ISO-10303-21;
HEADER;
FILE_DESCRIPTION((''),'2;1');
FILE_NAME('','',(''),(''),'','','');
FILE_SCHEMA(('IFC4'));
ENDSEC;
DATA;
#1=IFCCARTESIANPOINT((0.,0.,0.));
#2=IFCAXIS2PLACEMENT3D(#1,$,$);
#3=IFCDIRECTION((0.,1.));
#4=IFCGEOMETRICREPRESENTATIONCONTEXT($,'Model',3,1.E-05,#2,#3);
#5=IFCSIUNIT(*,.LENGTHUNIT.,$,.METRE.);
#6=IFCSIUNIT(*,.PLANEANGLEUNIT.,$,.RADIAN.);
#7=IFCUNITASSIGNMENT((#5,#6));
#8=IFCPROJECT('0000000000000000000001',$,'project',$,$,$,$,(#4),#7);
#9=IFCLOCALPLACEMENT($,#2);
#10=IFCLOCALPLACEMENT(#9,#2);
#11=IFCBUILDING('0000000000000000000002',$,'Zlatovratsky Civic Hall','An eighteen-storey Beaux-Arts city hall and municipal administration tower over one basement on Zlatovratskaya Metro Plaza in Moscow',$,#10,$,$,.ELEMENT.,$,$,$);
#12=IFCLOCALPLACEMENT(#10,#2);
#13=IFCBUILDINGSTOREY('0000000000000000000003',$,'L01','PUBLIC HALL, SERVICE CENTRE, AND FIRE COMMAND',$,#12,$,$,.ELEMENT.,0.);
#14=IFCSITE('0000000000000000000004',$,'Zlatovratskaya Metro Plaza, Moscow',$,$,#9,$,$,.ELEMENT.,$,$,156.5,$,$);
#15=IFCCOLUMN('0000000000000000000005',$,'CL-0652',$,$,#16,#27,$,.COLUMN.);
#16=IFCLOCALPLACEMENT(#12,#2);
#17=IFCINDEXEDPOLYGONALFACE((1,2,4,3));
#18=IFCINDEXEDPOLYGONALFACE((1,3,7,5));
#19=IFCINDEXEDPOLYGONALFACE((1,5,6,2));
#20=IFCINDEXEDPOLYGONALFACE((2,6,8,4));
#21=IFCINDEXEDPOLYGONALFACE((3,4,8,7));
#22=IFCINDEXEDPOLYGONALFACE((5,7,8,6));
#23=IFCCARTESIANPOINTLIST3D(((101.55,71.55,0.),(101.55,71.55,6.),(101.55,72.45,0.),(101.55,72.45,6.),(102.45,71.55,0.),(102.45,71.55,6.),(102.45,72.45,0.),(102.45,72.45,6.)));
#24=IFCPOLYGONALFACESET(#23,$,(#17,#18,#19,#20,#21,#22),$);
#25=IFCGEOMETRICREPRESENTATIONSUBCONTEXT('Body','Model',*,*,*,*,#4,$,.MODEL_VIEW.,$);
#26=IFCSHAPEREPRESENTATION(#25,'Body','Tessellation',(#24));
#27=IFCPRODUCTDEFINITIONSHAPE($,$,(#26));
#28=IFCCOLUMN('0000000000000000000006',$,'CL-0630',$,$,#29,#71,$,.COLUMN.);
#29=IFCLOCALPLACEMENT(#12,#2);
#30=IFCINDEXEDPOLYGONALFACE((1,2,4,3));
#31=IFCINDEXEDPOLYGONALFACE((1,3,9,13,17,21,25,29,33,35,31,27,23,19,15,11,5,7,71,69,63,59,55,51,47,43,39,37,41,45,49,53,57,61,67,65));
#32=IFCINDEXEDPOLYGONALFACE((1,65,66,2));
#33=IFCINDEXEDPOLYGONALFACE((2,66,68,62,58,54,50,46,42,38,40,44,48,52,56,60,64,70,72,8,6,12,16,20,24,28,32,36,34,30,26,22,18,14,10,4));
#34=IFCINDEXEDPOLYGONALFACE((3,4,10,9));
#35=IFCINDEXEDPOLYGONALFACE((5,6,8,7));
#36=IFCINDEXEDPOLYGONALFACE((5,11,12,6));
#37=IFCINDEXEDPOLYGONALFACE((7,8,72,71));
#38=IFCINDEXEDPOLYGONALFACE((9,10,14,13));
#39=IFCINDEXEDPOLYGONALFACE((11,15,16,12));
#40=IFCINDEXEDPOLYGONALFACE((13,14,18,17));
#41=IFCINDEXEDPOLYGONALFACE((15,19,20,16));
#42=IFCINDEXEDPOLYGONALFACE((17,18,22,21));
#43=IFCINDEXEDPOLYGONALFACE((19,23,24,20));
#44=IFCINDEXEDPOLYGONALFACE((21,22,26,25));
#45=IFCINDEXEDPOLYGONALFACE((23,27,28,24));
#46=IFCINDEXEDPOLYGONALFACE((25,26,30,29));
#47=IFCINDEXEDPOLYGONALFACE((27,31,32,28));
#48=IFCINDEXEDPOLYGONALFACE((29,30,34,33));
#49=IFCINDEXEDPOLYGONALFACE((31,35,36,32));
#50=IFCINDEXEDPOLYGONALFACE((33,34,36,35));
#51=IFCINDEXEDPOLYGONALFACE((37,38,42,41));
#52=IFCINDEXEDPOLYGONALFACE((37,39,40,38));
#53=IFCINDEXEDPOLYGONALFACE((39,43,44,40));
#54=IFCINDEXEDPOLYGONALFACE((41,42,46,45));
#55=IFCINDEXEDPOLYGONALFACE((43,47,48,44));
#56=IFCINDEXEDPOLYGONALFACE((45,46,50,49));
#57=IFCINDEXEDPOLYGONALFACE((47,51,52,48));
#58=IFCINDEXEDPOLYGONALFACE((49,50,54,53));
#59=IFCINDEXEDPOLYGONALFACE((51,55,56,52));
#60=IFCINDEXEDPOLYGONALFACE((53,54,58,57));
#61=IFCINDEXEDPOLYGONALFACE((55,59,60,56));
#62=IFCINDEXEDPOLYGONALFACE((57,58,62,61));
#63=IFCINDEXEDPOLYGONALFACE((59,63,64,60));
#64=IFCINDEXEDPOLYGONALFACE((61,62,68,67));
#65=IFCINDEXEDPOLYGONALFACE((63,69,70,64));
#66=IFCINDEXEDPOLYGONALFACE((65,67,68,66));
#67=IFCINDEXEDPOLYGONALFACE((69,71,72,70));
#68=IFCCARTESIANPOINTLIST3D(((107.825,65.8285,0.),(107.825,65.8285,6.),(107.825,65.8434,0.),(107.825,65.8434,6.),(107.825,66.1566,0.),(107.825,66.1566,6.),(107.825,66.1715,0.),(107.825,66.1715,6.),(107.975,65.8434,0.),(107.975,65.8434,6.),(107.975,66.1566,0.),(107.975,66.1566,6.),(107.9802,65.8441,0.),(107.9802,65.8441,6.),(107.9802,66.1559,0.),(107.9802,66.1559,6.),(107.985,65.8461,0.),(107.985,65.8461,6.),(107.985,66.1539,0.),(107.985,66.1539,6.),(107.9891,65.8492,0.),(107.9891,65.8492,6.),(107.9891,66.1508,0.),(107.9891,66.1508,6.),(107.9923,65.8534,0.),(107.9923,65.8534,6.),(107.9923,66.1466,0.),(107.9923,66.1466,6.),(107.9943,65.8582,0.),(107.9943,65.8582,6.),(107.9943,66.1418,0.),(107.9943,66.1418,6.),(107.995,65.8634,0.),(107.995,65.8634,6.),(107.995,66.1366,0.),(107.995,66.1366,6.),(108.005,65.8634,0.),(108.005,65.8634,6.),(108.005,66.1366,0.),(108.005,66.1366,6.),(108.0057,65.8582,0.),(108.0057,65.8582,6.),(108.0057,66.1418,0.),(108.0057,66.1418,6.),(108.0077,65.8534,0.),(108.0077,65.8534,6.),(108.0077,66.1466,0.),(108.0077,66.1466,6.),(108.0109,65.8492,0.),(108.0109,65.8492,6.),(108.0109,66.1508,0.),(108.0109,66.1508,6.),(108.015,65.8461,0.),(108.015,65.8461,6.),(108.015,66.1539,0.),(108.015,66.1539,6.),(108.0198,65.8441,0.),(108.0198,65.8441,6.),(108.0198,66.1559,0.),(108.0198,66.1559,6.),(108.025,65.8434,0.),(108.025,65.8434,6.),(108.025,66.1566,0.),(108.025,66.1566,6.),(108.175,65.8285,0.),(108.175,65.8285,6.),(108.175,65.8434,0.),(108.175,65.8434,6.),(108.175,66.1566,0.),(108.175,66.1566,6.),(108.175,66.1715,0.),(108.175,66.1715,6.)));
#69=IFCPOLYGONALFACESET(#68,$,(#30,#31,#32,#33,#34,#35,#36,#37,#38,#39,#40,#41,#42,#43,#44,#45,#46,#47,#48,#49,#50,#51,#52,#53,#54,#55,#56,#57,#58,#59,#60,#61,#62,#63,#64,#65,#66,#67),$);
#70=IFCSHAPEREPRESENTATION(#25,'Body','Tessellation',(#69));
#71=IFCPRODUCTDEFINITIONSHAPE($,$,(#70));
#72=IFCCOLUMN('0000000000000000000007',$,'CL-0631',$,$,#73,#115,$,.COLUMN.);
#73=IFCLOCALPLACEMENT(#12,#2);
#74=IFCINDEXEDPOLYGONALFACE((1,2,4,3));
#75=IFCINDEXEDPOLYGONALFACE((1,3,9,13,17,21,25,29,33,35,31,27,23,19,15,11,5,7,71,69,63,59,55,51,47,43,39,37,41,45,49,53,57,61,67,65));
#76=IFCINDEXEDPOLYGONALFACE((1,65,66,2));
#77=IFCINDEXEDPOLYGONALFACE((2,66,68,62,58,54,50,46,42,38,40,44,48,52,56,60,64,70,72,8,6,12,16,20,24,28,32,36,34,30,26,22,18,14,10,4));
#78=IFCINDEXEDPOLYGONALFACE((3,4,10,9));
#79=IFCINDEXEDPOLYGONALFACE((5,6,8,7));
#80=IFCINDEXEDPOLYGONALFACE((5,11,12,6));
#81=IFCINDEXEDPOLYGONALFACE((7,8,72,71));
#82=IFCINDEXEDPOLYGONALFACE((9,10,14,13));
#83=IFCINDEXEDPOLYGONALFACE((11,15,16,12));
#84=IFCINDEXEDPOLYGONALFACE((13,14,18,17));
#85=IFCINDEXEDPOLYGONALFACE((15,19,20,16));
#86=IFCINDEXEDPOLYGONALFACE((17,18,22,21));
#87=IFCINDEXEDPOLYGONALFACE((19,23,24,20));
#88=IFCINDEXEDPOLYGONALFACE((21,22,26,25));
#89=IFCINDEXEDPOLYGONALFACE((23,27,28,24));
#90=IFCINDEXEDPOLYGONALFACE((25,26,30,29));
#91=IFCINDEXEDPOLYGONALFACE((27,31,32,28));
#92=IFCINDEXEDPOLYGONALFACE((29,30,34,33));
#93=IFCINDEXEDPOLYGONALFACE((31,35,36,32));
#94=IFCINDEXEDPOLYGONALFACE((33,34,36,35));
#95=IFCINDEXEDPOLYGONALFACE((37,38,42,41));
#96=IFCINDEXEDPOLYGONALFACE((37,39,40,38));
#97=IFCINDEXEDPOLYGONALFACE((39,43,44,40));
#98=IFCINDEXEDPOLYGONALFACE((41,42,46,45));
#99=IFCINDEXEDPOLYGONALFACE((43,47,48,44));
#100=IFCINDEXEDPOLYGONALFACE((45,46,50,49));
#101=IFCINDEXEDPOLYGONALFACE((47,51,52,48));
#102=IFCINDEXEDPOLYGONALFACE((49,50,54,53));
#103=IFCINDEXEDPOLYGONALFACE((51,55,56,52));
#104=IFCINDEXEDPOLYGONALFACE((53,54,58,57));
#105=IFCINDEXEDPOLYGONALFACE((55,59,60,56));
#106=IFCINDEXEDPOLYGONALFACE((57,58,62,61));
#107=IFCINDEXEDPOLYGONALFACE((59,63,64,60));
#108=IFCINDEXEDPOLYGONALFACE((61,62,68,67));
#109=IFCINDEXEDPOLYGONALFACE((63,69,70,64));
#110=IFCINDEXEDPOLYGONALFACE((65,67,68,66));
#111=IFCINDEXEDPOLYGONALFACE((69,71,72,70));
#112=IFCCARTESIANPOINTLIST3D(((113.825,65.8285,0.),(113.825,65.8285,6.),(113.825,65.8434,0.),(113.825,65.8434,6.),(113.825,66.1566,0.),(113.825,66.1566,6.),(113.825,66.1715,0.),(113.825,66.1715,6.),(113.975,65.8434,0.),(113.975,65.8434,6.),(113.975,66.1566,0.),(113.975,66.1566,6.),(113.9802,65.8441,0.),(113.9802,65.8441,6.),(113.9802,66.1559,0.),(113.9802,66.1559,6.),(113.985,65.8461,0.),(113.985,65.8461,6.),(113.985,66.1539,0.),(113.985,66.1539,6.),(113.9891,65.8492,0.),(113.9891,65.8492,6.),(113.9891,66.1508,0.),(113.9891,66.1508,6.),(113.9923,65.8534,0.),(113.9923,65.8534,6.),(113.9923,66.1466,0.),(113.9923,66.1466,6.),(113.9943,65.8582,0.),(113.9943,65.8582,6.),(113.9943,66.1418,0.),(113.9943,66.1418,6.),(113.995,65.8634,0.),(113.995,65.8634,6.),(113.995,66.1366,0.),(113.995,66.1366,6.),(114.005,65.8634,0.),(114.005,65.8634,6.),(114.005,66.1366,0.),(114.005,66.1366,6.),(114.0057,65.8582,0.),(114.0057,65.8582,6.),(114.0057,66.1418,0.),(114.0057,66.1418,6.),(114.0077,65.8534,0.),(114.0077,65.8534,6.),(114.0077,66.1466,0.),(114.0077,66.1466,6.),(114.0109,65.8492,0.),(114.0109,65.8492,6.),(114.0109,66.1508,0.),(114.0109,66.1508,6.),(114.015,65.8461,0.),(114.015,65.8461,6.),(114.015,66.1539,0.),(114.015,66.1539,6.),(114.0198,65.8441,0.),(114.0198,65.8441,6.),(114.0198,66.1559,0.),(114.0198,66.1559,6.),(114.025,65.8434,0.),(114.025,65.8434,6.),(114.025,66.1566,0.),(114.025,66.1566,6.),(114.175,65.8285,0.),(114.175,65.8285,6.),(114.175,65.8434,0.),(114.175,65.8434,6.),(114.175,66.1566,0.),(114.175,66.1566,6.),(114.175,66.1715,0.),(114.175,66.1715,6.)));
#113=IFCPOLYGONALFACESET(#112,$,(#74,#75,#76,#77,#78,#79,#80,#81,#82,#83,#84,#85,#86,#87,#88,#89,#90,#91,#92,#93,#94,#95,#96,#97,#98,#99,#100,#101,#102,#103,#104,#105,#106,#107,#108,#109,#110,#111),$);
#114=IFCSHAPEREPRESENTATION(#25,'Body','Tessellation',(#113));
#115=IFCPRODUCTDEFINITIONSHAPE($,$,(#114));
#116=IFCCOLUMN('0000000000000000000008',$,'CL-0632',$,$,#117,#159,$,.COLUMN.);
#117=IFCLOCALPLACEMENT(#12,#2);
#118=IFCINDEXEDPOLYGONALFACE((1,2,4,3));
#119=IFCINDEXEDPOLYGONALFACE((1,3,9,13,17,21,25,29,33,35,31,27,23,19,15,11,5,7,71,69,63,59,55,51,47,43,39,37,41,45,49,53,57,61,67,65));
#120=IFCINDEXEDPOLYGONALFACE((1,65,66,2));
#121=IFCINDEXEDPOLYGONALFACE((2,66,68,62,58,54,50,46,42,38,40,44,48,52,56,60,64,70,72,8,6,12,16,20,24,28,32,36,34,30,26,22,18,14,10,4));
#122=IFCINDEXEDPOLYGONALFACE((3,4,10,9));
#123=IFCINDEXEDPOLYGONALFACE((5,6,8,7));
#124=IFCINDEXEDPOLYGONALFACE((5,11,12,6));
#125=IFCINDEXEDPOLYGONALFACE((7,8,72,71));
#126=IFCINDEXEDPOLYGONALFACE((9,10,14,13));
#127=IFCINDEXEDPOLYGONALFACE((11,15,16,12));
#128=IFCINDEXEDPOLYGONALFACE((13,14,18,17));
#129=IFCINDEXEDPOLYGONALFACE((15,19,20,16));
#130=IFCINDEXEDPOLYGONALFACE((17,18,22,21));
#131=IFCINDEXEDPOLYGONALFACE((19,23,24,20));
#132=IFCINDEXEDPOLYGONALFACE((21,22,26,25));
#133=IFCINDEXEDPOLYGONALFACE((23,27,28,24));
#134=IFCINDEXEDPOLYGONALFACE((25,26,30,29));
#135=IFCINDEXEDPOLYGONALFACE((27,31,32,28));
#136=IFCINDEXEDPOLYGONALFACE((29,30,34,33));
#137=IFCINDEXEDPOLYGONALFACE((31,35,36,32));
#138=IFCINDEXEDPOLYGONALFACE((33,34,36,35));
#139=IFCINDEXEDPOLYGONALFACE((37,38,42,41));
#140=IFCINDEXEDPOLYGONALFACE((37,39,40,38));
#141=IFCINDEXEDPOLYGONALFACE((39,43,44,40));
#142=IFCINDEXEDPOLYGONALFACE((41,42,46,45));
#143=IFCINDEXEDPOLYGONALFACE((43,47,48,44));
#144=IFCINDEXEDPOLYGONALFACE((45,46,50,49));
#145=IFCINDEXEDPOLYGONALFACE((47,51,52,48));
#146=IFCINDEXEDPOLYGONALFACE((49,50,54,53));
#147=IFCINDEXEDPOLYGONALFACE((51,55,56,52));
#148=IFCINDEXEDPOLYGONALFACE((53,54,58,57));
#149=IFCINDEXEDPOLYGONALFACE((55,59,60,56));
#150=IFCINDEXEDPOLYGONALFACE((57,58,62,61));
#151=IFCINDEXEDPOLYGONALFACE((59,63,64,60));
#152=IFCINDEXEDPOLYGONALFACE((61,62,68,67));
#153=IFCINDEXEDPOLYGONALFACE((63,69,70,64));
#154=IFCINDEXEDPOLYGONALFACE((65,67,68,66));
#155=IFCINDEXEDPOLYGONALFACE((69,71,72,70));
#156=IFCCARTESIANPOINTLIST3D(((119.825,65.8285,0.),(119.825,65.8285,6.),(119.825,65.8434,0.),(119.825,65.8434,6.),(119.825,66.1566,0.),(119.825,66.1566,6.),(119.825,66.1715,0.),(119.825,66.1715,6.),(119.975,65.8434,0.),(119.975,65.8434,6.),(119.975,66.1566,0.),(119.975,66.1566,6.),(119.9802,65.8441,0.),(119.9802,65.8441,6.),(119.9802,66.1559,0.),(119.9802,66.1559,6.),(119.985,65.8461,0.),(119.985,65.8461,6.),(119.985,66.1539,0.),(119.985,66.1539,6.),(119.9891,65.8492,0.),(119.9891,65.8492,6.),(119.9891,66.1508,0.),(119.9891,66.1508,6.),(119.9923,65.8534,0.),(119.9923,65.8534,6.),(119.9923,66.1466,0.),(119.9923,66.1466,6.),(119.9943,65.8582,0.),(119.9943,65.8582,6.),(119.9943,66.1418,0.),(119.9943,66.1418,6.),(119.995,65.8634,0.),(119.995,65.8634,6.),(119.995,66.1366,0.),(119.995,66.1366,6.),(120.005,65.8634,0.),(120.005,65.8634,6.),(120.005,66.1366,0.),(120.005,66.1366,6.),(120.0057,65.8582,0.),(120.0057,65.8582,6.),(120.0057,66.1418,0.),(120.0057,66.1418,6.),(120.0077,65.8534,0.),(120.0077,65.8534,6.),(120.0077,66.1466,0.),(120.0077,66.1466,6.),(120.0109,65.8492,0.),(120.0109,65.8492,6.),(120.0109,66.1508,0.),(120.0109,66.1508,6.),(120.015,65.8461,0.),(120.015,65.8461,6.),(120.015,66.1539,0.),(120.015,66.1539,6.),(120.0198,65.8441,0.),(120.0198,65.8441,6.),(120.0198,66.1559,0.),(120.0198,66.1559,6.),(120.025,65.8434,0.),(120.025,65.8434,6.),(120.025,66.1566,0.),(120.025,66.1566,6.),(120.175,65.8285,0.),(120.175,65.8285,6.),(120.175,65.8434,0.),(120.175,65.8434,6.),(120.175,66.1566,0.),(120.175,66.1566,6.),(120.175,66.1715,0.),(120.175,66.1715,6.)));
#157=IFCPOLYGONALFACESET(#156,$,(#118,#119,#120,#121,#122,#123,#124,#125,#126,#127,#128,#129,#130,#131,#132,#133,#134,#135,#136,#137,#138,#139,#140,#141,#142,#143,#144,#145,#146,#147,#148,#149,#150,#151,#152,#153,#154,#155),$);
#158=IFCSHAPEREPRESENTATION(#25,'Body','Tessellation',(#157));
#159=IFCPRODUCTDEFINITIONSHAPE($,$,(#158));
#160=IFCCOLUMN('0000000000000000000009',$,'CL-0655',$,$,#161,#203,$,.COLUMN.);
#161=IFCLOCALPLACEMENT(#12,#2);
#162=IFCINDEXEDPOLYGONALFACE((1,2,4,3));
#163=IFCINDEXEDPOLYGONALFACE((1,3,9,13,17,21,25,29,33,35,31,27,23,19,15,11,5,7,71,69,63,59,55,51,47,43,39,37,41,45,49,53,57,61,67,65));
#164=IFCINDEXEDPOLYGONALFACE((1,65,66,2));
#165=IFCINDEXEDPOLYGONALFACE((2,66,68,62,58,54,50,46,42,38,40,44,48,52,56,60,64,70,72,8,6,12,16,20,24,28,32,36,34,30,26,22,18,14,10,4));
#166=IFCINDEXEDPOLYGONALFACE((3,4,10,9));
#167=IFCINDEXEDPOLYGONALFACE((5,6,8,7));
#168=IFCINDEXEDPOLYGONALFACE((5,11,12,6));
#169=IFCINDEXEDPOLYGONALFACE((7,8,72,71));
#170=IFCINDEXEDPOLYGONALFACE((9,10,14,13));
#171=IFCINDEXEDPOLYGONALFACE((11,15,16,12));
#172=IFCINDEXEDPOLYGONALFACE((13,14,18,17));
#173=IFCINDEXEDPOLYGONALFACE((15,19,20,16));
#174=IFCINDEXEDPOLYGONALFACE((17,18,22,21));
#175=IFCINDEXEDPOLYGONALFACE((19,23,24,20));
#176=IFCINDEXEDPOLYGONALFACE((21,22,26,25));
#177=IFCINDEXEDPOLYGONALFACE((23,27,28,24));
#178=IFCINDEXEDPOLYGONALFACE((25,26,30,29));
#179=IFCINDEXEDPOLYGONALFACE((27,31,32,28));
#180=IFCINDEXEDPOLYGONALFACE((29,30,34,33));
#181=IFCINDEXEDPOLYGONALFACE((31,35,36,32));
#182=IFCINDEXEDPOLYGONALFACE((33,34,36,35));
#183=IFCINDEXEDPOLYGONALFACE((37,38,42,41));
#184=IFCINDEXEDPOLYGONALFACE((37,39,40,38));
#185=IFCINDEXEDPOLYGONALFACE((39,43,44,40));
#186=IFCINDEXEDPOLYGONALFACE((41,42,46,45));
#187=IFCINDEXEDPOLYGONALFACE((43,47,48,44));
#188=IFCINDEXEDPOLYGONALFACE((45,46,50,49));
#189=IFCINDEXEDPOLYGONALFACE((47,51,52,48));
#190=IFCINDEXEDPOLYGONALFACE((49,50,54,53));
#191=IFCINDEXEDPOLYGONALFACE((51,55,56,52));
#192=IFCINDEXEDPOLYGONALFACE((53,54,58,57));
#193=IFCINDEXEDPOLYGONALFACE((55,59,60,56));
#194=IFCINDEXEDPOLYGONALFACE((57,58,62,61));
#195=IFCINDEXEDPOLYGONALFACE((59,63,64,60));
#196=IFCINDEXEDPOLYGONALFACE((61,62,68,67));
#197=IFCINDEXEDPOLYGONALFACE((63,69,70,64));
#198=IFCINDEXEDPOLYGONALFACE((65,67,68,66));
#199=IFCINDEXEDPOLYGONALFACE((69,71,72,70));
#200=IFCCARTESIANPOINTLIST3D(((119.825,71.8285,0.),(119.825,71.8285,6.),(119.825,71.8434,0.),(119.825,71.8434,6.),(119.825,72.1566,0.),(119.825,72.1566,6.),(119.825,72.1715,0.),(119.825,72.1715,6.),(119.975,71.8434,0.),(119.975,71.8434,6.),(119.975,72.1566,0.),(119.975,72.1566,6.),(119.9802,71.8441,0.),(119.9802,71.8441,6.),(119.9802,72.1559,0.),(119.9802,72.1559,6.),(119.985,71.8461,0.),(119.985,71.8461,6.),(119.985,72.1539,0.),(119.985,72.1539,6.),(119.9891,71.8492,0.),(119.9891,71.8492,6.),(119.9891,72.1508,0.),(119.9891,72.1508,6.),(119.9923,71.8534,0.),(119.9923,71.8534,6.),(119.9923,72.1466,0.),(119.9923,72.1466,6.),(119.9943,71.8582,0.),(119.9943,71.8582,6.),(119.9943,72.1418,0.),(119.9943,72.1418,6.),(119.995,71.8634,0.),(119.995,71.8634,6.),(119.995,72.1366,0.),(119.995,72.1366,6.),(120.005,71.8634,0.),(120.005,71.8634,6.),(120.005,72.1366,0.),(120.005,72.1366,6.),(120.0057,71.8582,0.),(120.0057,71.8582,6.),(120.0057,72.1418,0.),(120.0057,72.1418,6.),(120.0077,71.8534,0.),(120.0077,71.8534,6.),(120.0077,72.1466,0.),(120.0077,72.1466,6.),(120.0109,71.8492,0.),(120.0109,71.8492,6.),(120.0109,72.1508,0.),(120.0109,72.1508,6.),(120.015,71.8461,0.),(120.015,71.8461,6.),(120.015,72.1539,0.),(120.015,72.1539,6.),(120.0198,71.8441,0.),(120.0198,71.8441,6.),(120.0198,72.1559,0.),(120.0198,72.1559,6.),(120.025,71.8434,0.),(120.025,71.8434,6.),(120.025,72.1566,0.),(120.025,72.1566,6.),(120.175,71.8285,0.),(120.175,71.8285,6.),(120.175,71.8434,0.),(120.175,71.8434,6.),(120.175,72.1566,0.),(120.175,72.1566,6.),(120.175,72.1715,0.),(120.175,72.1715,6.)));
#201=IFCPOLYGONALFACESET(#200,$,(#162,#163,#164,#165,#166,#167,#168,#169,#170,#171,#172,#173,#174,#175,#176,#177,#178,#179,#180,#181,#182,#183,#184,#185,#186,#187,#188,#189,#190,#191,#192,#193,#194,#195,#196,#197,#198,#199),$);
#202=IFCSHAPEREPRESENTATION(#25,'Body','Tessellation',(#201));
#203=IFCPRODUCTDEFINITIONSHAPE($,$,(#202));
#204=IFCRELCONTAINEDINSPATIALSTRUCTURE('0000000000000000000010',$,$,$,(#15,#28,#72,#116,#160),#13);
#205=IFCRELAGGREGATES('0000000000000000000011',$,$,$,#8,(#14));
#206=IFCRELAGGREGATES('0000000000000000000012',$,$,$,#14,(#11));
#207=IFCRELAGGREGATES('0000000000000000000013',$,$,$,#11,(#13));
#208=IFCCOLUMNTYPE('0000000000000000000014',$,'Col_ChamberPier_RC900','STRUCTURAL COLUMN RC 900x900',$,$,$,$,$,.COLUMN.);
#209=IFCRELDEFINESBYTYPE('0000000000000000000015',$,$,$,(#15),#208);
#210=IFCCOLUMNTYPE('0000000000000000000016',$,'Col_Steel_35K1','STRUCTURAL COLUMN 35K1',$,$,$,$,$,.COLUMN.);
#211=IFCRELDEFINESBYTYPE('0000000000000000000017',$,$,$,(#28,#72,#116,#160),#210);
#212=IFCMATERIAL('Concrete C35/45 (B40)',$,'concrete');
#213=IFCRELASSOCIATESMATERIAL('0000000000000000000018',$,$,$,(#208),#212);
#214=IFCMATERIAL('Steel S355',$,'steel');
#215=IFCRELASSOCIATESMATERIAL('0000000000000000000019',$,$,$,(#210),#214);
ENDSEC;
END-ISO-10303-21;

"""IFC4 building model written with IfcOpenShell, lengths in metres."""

from ifc_helpers import new_model, si_unit, direction, frame, origin, origin_2d, place, context, subcontext, project, spatial, rectangle, i_section, extrude, material, material_profile, profile_set, type_object, element, save


model = new_model("IFC4")

# Units and contexts
model_context = context("Model", 3, precision=1e-05, world=origin(), true_north=direction((0.0, 1.0)))
body_context = subcontext(model_context, "Body", "Model", "MODEL_VIEW")
ifc_project = project(units=[si_unit("LENGTHUNIT", "METRE"), si_unit("PLANEANGLEUNIT", "RADIAN")], contexts=[model_context])

# Site, building, storey
site_placement = place(None, origin())
site = spatial("IfcSite", under=ifc_project, at=site_placement, Name="Zlatovratskaya Metro Plaza, Moscow", CompositionType="ELEMENT", RefElevation=156.5)
building_placement = place(site_placement, origin())
building = spatial("IfcBuilding", under=site, at=building_placement, Name="Zlatovratsky Civic Hall", Description="An eighteen-storey Beaux-Arts city hall and municipal administration tower over one basement on Zlatovratskaya Metro Plaza in Moscow", CompositionType="ELEMENT")
storey_placement = place(building_placement, origin())
storey = spatial("IfcBuildingStorey", under=building, at=storey_placement, Name="L01", Description="PUBLIC HALL, SERVICE CENTRE, AND FIRE COMMAND", CompositionType="ELEMENT", Elevation=0.0)

# Columns
ifc_material_1 = material(Name="Concrete C35/45 (B40)", Category="concrete")
ifc_material_profile_1 = material_profile(ifc_material_1, rectangle(XDim=0.8999, YDim=0.8999, at=origin_2d()), Name="RC 900x900")
ifc_profile_set_1 = profile_set([ifc_material_profile_1], Name="Concrete C35/45 (B40)")
column_type_1 = type_object("IfcColumnType", Name="Col_ChamberPier_RC900", Description="STRUCTURAL COLUMN RC 900x900", PredefinedType="COLUMN", material=ifc_profile_set_1)
column_placement = place(storey_placement, frame((102.0, 72.0, 0.0), z_axis=(0.0, 0.0, 1.0), x_axis=(1.0, 0.0, 0.0)))
element("IfcColumn", 1, at=column_placement, inside=storey, type_object=column_type_1, Name="CL-0652", PredefinedType="COLUMN", context=body_context, shape_type="SweptSolid", body=[
    extrude(rectangle(XDim=0.8999, YDim=0.8999, at=origin_2d()), origin(), (0.0, 0.0, 1.0), 6.0),
])
ifc_material_2 = material(Name="Steel S355", Category="steel")
ifc_material_profile_2 = material_profile(ifc_material_2, i_section(OverallWidth=0.3501, OverallDepth=0.343, WebThickness=0.01, FlangeThickness=0.0149, FilletRadius=0.02, at=origin_2d()), Name="35K1")
ifc_profile_set_2 = profile_set([ifc_material_profile_2], Name="Steel S355")
column_type_2 = type_object("IfcColumnType", Name="Col_Steel_35K1", Description="STRUCTURAL COLUMN 35K1", PredefinedType="COLUMN", material=ifc_profile_set_2)
for number, where, z_axis, x_axis, name in (
    (2, (108.0, 66.0, 0.0), (0.0, 0.0, 1.0), (1.0, 0.0, 0.0), "CL-0630"),
    (3, (114.0, 66.0, 0.0), (0.0, 0.0, 1.0), (1.0, 0.0, 0.0), "CL-0631"),
    (4, (120.0, 66.0, 0.0), (0.0, 0.0, 1.0), (1.0, 0.0, 0.0), "CL-0632"),
    (5, (120.0, 72.0, 0.0), (0.0, 0.0, 1.0), (1.0, 0.0, 0.0), "CL-0655"),
):
    element("IfcColumn", number, at=place(storey_placement, frame(where, z_axis=z_axis, x_axis=x_axis)), inside=storey, type_object=column_type_2, Name=name, PredefinedType="COLUMN", context=body_context, shape_type="SweptSolid", body=[
        extrude(i_section(OverallWidth=0.3501, OverallDepth=0.343, WebThickness=0.01, FlangeThickness=0.0149, FilletRadius=0.02, at=origin_2d()), origin(), (0.0, 0.0, 1.0), 6.0),
    ])

save(model, "model.ifc")
